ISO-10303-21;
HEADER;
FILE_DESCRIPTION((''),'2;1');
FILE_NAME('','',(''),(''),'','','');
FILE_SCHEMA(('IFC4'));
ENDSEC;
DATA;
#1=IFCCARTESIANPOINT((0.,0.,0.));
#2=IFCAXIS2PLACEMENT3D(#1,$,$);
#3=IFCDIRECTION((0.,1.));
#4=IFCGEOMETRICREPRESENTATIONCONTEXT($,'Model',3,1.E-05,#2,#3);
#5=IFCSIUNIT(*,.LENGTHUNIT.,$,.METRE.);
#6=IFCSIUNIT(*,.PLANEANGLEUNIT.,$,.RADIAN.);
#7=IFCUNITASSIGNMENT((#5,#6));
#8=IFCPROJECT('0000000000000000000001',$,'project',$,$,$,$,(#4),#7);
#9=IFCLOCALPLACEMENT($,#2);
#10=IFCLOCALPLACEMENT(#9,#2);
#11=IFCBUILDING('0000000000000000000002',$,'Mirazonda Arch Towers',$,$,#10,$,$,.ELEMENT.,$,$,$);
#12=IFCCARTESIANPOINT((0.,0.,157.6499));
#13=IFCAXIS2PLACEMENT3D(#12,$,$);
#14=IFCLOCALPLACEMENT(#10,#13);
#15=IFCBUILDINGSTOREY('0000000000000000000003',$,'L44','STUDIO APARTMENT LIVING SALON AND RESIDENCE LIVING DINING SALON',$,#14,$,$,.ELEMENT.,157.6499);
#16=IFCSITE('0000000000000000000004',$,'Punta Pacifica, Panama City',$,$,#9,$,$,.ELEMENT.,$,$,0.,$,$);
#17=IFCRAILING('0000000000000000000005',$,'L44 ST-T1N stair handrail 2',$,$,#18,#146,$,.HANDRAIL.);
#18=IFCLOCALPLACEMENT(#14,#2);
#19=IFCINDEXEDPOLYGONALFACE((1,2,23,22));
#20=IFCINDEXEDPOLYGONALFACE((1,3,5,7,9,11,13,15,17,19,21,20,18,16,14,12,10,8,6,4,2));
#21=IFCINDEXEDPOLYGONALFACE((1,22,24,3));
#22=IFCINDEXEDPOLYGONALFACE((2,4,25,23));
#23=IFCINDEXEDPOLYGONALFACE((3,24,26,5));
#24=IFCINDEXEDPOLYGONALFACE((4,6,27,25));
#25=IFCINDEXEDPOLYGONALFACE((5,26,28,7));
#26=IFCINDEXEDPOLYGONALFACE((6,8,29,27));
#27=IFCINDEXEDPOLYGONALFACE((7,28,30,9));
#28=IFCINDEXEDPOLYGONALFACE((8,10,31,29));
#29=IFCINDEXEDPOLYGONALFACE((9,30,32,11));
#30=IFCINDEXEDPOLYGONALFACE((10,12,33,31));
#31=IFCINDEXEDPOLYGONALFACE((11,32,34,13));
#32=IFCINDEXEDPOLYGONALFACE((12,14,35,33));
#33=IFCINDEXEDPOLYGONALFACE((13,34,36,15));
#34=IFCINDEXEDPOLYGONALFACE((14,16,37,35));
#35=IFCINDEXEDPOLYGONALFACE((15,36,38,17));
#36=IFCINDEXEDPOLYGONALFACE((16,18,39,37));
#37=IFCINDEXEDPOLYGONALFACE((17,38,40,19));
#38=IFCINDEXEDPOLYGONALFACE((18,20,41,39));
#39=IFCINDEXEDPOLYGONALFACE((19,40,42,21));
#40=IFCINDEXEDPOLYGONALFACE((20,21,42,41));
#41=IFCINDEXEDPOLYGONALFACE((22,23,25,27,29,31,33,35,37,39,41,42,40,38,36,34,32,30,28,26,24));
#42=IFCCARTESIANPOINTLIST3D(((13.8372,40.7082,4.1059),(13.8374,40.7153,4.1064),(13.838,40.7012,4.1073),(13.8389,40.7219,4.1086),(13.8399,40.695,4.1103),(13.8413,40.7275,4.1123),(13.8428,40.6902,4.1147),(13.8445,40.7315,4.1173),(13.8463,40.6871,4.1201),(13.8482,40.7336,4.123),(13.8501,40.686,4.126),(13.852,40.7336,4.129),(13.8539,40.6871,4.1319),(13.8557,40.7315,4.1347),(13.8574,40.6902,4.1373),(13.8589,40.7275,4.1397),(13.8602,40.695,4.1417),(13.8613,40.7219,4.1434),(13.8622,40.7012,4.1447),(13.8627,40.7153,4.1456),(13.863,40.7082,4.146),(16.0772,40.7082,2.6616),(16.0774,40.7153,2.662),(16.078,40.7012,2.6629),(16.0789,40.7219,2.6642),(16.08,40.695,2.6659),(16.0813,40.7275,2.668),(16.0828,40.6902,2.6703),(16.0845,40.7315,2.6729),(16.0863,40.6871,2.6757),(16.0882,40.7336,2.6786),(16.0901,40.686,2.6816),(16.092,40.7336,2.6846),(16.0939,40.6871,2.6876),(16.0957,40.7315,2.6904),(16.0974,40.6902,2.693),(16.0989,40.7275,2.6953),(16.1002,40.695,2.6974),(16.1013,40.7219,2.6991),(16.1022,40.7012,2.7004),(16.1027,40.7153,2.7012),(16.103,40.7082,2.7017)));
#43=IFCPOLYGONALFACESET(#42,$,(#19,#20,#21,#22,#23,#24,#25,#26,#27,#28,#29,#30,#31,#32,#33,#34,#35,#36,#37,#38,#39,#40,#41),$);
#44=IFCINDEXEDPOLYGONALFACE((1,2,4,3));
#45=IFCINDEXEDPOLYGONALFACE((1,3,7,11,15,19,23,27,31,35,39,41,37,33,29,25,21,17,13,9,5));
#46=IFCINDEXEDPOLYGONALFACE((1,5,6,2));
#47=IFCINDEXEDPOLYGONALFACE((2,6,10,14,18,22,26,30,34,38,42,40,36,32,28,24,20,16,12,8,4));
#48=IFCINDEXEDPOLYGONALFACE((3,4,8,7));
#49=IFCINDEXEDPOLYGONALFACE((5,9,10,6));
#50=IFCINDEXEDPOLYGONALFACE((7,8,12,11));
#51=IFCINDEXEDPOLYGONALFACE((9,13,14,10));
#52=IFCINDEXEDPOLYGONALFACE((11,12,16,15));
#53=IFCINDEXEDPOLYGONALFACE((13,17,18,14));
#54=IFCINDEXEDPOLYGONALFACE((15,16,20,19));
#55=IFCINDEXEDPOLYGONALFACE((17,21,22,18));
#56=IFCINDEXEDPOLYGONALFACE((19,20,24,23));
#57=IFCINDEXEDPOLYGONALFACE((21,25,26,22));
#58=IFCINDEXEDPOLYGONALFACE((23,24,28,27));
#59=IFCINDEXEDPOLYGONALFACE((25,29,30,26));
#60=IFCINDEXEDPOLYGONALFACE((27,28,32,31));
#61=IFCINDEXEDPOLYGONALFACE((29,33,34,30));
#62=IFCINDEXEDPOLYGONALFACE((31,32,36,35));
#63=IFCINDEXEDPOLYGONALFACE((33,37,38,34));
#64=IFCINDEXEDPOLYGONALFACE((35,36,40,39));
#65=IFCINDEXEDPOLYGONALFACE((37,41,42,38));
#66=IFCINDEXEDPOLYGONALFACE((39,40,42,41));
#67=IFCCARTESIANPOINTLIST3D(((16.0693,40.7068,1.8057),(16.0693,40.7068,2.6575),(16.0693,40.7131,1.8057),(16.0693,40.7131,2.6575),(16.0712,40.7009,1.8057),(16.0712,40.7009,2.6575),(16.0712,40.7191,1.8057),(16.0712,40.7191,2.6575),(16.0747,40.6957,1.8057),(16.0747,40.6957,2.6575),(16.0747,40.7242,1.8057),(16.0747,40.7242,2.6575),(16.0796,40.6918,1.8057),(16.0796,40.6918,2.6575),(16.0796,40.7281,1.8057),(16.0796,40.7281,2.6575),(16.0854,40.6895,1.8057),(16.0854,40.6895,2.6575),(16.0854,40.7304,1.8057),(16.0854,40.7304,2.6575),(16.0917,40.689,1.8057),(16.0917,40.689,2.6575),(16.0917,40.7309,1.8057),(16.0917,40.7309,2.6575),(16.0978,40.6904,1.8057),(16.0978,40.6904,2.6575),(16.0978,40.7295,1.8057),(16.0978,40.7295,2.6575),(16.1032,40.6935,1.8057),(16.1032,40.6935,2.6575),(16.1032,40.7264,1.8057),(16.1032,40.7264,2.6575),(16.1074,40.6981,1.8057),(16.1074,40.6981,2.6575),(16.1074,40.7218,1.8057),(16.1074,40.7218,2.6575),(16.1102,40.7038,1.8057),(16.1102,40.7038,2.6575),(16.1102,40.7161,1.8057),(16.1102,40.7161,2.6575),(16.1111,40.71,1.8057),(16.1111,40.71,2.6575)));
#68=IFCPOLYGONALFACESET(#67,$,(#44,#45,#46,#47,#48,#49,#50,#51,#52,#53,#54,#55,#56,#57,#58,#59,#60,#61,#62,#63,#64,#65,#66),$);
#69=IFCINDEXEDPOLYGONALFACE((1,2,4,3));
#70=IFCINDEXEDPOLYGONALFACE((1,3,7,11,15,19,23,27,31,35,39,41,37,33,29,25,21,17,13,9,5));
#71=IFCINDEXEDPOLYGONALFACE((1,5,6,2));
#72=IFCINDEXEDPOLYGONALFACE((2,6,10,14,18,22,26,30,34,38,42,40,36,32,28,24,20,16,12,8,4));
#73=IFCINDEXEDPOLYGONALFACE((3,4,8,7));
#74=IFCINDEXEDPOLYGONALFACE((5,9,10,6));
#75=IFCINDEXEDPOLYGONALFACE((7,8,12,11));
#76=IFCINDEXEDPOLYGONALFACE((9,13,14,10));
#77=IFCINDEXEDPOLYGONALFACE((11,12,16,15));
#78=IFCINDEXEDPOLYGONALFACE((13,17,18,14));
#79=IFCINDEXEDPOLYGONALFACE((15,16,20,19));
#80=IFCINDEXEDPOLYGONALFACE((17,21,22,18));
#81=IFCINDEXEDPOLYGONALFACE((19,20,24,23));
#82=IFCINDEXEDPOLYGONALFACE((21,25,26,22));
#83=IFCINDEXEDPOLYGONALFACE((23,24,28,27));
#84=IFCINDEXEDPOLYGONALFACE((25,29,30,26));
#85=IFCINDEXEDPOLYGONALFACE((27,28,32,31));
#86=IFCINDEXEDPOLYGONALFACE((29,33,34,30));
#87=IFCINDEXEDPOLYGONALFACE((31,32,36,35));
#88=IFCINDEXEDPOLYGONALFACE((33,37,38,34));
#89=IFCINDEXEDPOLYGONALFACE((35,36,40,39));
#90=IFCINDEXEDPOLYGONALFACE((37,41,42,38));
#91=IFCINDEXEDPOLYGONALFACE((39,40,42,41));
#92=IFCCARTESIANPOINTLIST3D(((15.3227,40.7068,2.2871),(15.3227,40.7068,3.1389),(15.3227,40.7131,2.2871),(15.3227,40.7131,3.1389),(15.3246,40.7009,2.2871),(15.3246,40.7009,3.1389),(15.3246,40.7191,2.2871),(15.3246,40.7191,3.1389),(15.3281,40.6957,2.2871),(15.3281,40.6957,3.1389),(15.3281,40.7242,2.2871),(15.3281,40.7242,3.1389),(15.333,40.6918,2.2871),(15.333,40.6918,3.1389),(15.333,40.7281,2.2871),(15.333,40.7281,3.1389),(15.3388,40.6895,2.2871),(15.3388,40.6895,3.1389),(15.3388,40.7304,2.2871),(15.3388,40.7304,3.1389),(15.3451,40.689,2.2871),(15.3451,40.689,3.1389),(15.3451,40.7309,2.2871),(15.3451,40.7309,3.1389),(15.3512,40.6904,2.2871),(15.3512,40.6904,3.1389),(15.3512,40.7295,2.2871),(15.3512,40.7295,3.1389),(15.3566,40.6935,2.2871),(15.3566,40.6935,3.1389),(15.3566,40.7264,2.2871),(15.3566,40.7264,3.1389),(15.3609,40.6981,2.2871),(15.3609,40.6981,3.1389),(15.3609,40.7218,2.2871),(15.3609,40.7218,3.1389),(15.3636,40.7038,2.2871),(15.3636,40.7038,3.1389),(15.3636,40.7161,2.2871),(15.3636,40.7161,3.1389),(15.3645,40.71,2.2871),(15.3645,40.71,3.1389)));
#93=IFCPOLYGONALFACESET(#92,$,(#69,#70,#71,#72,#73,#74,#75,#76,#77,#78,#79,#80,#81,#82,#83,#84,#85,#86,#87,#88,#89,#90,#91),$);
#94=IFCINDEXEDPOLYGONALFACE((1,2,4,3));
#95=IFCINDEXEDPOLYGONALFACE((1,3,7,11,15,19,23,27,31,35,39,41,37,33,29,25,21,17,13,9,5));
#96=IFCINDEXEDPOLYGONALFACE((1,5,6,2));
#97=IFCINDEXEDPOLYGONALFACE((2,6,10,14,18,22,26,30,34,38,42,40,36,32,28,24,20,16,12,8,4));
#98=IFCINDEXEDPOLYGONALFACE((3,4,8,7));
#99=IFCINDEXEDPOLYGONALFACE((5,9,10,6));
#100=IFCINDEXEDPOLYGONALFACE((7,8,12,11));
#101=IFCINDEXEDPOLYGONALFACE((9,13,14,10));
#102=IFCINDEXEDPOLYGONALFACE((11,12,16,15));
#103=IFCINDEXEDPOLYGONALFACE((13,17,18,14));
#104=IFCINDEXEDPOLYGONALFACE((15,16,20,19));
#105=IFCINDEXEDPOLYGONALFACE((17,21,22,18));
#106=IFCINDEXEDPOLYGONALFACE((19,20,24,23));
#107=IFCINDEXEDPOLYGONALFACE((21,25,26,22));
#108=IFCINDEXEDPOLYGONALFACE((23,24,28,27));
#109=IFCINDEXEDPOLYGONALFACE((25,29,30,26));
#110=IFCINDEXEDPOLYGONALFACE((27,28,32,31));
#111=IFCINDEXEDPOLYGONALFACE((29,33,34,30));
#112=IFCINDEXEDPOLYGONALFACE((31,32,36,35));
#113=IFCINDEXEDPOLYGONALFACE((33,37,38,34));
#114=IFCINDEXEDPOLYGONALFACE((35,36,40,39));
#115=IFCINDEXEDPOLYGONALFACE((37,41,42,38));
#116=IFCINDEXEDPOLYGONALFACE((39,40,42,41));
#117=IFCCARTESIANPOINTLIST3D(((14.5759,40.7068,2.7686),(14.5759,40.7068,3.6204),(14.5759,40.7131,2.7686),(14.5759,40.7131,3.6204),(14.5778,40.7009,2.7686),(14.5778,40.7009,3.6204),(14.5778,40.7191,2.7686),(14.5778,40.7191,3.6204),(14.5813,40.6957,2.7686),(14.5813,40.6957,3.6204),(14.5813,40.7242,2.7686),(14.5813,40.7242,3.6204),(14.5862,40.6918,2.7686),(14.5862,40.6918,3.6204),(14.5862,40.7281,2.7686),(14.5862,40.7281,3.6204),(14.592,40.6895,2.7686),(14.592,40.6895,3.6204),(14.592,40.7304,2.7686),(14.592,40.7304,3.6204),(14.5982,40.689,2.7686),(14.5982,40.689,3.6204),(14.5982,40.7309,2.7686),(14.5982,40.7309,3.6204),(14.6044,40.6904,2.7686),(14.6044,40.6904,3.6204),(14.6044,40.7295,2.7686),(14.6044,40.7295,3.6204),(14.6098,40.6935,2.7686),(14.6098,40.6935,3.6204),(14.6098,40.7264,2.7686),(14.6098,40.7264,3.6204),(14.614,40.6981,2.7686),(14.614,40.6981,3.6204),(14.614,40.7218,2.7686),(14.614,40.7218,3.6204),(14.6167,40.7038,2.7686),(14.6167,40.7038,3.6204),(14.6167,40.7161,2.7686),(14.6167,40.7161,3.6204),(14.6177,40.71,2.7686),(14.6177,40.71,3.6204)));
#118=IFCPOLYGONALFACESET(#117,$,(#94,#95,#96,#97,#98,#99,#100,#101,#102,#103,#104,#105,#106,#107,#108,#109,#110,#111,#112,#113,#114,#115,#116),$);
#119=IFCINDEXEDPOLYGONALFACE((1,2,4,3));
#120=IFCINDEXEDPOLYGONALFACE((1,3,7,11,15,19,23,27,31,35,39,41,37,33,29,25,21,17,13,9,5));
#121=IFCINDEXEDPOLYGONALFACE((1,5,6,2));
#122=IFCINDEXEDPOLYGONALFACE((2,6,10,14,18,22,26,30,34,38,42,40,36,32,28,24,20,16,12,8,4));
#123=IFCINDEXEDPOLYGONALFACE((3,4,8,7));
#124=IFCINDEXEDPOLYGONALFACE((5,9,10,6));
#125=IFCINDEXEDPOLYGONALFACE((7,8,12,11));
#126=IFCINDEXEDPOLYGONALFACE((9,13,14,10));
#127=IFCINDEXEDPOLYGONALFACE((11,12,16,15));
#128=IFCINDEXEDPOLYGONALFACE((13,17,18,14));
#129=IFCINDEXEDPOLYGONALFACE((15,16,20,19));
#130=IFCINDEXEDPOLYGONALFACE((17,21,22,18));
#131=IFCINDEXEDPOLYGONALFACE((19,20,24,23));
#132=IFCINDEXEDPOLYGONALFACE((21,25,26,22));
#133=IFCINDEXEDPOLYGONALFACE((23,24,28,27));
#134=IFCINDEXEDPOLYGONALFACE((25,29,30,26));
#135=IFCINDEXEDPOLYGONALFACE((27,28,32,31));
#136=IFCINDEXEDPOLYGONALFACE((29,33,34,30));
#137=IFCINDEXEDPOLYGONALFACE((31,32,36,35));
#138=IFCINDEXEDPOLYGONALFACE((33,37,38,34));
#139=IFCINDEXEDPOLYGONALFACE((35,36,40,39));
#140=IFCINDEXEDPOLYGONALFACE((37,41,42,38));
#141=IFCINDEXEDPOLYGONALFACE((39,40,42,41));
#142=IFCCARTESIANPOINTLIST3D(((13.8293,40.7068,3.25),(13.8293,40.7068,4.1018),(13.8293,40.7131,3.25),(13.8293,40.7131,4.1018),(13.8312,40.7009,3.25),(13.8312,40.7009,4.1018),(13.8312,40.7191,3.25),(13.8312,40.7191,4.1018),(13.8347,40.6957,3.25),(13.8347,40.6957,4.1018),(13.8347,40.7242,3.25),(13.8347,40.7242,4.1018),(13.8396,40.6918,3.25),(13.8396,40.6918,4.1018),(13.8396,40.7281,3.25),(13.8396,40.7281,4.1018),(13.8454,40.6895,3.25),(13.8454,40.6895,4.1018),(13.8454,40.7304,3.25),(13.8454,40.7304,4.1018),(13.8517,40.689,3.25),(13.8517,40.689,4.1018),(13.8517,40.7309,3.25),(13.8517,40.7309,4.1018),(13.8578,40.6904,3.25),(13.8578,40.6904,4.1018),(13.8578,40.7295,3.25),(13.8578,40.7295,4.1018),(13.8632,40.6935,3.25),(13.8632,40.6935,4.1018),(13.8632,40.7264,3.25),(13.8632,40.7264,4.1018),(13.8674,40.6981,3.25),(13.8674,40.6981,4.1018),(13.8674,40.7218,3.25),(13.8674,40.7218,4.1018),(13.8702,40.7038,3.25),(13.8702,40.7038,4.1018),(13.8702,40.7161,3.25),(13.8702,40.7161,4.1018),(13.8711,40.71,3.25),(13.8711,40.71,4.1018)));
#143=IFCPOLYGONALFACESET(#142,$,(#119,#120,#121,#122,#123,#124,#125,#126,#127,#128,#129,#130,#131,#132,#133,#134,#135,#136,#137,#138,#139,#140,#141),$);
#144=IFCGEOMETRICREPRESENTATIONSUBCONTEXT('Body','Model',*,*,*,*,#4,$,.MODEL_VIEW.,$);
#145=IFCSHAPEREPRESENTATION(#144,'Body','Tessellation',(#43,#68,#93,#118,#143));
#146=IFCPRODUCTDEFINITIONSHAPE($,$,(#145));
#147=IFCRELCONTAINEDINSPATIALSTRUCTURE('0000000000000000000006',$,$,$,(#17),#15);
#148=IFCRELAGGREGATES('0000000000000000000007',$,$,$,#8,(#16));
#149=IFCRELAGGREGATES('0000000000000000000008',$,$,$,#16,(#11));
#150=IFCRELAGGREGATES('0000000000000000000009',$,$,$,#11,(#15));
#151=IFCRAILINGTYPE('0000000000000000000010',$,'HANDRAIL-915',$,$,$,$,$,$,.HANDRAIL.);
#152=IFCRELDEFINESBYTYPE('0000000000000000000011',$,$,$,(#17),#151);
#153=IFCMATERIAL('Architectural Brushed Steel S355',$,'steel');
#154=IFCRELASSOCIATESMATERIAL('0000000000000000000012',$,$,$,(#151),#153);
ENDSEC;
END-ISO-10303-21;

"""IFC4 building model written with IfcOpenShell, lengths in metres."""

from ifc_helpers import new_model, si_unit, direction, frame, origin, origin_2d, place, context, subcontext, project, spatial, circle, extrude, material, type_object, element, save


model = new_model("IFC4")

# Units and contexts
model_context = context("Model", 3, precision=1e-05, world=origin(), true_north=direction((0.0, 1.0)))
body_context = subcontext(model_context, "Body", "Model", "MODEL_VIEW")
ifc_project = project(units=[si_unit("LENGTHUNIT", "METRE"), si_unit("PLANEANGLEUNIT", "RADIAN")], contexts=[model_context])

# Site, building, storey
site_placement = place(None, origin())
site = spatial("IfcSite", under=ifc_project, at=site_placement, Name="Punta Pacifica, Panama City", CompositionType="ELEMENT", RefElevation=0.0)
building_placement = place(site_placement, origin())
building = spatial("IfcBuilding", under=site, at=building_placement, Name="Mirazonda Arch Towers", CompositionType="ELEMENT")
storey_placement = place(building_placement, frame((0.0, 0.0, 157.6499)))
storey = spatial("IfcBuildingStorey", under=building, at=storey_placement, Name="L44", Description="STUDIO APARTMENT LIVING SALON AND RESIDENCE LIVING DINING SALON", CompositionType="ELEMENT", Elevation=157.6499)

# Shared definitions
ifc_material_1 = material(Name="Architectural Brushed Steel S355", Category="steel")

# Railing
railing_type_1 = type_object("IfcRailingType", Name="HANDRAIL-915", PredefinedType="HANDRAIL", material=ifc_material_1)
railing_1_placement = place(storey_placement, frame((16.0901, 40.71, 1.8057)))
element("IfcRailing", 1, at=railing_1_placement, inside=storey, type_object=railing_type_1, Name="L44 ST-T1N stair handrail 2", PredefinedType="HANDRAIL", context=body_context, shape_type="SweptSolid", body=[
    extrude(circle(Radius=0.0239, at=origin_2d()), frame((0.0, 0.0, 0.876), z_axis=(-0.840437, 0.0, 0.54191), x_axis=(0.0, -1.0, 0.0)), (0.0, 0.0, 1.0), 2.6653),
    extrude(circle(Radius=0.021, at=origin_2d()), origin(), (0.0, 0.0, 1.0), 0.8518),
    extrude(circle(Radius=0.021, at=origin_2d()), frame((-0.7466, 0.0, 0.4814)), (0.0, 0.0, 1.0), 0.8518),
    extrude(circle(Radius=0.021, at=origin_2d()), frame((-1.4934, 0.0, 0.9629)), (0.0, 0.0, 1.0), 0.8518),
    extrude(circle(Radius=0.021, at=origin_2d()), frame((-2.24, 0.0, 1.4443)), (0.0, 0.0, 1.0), 0.8518),
])

save(model, "model.ifc")
